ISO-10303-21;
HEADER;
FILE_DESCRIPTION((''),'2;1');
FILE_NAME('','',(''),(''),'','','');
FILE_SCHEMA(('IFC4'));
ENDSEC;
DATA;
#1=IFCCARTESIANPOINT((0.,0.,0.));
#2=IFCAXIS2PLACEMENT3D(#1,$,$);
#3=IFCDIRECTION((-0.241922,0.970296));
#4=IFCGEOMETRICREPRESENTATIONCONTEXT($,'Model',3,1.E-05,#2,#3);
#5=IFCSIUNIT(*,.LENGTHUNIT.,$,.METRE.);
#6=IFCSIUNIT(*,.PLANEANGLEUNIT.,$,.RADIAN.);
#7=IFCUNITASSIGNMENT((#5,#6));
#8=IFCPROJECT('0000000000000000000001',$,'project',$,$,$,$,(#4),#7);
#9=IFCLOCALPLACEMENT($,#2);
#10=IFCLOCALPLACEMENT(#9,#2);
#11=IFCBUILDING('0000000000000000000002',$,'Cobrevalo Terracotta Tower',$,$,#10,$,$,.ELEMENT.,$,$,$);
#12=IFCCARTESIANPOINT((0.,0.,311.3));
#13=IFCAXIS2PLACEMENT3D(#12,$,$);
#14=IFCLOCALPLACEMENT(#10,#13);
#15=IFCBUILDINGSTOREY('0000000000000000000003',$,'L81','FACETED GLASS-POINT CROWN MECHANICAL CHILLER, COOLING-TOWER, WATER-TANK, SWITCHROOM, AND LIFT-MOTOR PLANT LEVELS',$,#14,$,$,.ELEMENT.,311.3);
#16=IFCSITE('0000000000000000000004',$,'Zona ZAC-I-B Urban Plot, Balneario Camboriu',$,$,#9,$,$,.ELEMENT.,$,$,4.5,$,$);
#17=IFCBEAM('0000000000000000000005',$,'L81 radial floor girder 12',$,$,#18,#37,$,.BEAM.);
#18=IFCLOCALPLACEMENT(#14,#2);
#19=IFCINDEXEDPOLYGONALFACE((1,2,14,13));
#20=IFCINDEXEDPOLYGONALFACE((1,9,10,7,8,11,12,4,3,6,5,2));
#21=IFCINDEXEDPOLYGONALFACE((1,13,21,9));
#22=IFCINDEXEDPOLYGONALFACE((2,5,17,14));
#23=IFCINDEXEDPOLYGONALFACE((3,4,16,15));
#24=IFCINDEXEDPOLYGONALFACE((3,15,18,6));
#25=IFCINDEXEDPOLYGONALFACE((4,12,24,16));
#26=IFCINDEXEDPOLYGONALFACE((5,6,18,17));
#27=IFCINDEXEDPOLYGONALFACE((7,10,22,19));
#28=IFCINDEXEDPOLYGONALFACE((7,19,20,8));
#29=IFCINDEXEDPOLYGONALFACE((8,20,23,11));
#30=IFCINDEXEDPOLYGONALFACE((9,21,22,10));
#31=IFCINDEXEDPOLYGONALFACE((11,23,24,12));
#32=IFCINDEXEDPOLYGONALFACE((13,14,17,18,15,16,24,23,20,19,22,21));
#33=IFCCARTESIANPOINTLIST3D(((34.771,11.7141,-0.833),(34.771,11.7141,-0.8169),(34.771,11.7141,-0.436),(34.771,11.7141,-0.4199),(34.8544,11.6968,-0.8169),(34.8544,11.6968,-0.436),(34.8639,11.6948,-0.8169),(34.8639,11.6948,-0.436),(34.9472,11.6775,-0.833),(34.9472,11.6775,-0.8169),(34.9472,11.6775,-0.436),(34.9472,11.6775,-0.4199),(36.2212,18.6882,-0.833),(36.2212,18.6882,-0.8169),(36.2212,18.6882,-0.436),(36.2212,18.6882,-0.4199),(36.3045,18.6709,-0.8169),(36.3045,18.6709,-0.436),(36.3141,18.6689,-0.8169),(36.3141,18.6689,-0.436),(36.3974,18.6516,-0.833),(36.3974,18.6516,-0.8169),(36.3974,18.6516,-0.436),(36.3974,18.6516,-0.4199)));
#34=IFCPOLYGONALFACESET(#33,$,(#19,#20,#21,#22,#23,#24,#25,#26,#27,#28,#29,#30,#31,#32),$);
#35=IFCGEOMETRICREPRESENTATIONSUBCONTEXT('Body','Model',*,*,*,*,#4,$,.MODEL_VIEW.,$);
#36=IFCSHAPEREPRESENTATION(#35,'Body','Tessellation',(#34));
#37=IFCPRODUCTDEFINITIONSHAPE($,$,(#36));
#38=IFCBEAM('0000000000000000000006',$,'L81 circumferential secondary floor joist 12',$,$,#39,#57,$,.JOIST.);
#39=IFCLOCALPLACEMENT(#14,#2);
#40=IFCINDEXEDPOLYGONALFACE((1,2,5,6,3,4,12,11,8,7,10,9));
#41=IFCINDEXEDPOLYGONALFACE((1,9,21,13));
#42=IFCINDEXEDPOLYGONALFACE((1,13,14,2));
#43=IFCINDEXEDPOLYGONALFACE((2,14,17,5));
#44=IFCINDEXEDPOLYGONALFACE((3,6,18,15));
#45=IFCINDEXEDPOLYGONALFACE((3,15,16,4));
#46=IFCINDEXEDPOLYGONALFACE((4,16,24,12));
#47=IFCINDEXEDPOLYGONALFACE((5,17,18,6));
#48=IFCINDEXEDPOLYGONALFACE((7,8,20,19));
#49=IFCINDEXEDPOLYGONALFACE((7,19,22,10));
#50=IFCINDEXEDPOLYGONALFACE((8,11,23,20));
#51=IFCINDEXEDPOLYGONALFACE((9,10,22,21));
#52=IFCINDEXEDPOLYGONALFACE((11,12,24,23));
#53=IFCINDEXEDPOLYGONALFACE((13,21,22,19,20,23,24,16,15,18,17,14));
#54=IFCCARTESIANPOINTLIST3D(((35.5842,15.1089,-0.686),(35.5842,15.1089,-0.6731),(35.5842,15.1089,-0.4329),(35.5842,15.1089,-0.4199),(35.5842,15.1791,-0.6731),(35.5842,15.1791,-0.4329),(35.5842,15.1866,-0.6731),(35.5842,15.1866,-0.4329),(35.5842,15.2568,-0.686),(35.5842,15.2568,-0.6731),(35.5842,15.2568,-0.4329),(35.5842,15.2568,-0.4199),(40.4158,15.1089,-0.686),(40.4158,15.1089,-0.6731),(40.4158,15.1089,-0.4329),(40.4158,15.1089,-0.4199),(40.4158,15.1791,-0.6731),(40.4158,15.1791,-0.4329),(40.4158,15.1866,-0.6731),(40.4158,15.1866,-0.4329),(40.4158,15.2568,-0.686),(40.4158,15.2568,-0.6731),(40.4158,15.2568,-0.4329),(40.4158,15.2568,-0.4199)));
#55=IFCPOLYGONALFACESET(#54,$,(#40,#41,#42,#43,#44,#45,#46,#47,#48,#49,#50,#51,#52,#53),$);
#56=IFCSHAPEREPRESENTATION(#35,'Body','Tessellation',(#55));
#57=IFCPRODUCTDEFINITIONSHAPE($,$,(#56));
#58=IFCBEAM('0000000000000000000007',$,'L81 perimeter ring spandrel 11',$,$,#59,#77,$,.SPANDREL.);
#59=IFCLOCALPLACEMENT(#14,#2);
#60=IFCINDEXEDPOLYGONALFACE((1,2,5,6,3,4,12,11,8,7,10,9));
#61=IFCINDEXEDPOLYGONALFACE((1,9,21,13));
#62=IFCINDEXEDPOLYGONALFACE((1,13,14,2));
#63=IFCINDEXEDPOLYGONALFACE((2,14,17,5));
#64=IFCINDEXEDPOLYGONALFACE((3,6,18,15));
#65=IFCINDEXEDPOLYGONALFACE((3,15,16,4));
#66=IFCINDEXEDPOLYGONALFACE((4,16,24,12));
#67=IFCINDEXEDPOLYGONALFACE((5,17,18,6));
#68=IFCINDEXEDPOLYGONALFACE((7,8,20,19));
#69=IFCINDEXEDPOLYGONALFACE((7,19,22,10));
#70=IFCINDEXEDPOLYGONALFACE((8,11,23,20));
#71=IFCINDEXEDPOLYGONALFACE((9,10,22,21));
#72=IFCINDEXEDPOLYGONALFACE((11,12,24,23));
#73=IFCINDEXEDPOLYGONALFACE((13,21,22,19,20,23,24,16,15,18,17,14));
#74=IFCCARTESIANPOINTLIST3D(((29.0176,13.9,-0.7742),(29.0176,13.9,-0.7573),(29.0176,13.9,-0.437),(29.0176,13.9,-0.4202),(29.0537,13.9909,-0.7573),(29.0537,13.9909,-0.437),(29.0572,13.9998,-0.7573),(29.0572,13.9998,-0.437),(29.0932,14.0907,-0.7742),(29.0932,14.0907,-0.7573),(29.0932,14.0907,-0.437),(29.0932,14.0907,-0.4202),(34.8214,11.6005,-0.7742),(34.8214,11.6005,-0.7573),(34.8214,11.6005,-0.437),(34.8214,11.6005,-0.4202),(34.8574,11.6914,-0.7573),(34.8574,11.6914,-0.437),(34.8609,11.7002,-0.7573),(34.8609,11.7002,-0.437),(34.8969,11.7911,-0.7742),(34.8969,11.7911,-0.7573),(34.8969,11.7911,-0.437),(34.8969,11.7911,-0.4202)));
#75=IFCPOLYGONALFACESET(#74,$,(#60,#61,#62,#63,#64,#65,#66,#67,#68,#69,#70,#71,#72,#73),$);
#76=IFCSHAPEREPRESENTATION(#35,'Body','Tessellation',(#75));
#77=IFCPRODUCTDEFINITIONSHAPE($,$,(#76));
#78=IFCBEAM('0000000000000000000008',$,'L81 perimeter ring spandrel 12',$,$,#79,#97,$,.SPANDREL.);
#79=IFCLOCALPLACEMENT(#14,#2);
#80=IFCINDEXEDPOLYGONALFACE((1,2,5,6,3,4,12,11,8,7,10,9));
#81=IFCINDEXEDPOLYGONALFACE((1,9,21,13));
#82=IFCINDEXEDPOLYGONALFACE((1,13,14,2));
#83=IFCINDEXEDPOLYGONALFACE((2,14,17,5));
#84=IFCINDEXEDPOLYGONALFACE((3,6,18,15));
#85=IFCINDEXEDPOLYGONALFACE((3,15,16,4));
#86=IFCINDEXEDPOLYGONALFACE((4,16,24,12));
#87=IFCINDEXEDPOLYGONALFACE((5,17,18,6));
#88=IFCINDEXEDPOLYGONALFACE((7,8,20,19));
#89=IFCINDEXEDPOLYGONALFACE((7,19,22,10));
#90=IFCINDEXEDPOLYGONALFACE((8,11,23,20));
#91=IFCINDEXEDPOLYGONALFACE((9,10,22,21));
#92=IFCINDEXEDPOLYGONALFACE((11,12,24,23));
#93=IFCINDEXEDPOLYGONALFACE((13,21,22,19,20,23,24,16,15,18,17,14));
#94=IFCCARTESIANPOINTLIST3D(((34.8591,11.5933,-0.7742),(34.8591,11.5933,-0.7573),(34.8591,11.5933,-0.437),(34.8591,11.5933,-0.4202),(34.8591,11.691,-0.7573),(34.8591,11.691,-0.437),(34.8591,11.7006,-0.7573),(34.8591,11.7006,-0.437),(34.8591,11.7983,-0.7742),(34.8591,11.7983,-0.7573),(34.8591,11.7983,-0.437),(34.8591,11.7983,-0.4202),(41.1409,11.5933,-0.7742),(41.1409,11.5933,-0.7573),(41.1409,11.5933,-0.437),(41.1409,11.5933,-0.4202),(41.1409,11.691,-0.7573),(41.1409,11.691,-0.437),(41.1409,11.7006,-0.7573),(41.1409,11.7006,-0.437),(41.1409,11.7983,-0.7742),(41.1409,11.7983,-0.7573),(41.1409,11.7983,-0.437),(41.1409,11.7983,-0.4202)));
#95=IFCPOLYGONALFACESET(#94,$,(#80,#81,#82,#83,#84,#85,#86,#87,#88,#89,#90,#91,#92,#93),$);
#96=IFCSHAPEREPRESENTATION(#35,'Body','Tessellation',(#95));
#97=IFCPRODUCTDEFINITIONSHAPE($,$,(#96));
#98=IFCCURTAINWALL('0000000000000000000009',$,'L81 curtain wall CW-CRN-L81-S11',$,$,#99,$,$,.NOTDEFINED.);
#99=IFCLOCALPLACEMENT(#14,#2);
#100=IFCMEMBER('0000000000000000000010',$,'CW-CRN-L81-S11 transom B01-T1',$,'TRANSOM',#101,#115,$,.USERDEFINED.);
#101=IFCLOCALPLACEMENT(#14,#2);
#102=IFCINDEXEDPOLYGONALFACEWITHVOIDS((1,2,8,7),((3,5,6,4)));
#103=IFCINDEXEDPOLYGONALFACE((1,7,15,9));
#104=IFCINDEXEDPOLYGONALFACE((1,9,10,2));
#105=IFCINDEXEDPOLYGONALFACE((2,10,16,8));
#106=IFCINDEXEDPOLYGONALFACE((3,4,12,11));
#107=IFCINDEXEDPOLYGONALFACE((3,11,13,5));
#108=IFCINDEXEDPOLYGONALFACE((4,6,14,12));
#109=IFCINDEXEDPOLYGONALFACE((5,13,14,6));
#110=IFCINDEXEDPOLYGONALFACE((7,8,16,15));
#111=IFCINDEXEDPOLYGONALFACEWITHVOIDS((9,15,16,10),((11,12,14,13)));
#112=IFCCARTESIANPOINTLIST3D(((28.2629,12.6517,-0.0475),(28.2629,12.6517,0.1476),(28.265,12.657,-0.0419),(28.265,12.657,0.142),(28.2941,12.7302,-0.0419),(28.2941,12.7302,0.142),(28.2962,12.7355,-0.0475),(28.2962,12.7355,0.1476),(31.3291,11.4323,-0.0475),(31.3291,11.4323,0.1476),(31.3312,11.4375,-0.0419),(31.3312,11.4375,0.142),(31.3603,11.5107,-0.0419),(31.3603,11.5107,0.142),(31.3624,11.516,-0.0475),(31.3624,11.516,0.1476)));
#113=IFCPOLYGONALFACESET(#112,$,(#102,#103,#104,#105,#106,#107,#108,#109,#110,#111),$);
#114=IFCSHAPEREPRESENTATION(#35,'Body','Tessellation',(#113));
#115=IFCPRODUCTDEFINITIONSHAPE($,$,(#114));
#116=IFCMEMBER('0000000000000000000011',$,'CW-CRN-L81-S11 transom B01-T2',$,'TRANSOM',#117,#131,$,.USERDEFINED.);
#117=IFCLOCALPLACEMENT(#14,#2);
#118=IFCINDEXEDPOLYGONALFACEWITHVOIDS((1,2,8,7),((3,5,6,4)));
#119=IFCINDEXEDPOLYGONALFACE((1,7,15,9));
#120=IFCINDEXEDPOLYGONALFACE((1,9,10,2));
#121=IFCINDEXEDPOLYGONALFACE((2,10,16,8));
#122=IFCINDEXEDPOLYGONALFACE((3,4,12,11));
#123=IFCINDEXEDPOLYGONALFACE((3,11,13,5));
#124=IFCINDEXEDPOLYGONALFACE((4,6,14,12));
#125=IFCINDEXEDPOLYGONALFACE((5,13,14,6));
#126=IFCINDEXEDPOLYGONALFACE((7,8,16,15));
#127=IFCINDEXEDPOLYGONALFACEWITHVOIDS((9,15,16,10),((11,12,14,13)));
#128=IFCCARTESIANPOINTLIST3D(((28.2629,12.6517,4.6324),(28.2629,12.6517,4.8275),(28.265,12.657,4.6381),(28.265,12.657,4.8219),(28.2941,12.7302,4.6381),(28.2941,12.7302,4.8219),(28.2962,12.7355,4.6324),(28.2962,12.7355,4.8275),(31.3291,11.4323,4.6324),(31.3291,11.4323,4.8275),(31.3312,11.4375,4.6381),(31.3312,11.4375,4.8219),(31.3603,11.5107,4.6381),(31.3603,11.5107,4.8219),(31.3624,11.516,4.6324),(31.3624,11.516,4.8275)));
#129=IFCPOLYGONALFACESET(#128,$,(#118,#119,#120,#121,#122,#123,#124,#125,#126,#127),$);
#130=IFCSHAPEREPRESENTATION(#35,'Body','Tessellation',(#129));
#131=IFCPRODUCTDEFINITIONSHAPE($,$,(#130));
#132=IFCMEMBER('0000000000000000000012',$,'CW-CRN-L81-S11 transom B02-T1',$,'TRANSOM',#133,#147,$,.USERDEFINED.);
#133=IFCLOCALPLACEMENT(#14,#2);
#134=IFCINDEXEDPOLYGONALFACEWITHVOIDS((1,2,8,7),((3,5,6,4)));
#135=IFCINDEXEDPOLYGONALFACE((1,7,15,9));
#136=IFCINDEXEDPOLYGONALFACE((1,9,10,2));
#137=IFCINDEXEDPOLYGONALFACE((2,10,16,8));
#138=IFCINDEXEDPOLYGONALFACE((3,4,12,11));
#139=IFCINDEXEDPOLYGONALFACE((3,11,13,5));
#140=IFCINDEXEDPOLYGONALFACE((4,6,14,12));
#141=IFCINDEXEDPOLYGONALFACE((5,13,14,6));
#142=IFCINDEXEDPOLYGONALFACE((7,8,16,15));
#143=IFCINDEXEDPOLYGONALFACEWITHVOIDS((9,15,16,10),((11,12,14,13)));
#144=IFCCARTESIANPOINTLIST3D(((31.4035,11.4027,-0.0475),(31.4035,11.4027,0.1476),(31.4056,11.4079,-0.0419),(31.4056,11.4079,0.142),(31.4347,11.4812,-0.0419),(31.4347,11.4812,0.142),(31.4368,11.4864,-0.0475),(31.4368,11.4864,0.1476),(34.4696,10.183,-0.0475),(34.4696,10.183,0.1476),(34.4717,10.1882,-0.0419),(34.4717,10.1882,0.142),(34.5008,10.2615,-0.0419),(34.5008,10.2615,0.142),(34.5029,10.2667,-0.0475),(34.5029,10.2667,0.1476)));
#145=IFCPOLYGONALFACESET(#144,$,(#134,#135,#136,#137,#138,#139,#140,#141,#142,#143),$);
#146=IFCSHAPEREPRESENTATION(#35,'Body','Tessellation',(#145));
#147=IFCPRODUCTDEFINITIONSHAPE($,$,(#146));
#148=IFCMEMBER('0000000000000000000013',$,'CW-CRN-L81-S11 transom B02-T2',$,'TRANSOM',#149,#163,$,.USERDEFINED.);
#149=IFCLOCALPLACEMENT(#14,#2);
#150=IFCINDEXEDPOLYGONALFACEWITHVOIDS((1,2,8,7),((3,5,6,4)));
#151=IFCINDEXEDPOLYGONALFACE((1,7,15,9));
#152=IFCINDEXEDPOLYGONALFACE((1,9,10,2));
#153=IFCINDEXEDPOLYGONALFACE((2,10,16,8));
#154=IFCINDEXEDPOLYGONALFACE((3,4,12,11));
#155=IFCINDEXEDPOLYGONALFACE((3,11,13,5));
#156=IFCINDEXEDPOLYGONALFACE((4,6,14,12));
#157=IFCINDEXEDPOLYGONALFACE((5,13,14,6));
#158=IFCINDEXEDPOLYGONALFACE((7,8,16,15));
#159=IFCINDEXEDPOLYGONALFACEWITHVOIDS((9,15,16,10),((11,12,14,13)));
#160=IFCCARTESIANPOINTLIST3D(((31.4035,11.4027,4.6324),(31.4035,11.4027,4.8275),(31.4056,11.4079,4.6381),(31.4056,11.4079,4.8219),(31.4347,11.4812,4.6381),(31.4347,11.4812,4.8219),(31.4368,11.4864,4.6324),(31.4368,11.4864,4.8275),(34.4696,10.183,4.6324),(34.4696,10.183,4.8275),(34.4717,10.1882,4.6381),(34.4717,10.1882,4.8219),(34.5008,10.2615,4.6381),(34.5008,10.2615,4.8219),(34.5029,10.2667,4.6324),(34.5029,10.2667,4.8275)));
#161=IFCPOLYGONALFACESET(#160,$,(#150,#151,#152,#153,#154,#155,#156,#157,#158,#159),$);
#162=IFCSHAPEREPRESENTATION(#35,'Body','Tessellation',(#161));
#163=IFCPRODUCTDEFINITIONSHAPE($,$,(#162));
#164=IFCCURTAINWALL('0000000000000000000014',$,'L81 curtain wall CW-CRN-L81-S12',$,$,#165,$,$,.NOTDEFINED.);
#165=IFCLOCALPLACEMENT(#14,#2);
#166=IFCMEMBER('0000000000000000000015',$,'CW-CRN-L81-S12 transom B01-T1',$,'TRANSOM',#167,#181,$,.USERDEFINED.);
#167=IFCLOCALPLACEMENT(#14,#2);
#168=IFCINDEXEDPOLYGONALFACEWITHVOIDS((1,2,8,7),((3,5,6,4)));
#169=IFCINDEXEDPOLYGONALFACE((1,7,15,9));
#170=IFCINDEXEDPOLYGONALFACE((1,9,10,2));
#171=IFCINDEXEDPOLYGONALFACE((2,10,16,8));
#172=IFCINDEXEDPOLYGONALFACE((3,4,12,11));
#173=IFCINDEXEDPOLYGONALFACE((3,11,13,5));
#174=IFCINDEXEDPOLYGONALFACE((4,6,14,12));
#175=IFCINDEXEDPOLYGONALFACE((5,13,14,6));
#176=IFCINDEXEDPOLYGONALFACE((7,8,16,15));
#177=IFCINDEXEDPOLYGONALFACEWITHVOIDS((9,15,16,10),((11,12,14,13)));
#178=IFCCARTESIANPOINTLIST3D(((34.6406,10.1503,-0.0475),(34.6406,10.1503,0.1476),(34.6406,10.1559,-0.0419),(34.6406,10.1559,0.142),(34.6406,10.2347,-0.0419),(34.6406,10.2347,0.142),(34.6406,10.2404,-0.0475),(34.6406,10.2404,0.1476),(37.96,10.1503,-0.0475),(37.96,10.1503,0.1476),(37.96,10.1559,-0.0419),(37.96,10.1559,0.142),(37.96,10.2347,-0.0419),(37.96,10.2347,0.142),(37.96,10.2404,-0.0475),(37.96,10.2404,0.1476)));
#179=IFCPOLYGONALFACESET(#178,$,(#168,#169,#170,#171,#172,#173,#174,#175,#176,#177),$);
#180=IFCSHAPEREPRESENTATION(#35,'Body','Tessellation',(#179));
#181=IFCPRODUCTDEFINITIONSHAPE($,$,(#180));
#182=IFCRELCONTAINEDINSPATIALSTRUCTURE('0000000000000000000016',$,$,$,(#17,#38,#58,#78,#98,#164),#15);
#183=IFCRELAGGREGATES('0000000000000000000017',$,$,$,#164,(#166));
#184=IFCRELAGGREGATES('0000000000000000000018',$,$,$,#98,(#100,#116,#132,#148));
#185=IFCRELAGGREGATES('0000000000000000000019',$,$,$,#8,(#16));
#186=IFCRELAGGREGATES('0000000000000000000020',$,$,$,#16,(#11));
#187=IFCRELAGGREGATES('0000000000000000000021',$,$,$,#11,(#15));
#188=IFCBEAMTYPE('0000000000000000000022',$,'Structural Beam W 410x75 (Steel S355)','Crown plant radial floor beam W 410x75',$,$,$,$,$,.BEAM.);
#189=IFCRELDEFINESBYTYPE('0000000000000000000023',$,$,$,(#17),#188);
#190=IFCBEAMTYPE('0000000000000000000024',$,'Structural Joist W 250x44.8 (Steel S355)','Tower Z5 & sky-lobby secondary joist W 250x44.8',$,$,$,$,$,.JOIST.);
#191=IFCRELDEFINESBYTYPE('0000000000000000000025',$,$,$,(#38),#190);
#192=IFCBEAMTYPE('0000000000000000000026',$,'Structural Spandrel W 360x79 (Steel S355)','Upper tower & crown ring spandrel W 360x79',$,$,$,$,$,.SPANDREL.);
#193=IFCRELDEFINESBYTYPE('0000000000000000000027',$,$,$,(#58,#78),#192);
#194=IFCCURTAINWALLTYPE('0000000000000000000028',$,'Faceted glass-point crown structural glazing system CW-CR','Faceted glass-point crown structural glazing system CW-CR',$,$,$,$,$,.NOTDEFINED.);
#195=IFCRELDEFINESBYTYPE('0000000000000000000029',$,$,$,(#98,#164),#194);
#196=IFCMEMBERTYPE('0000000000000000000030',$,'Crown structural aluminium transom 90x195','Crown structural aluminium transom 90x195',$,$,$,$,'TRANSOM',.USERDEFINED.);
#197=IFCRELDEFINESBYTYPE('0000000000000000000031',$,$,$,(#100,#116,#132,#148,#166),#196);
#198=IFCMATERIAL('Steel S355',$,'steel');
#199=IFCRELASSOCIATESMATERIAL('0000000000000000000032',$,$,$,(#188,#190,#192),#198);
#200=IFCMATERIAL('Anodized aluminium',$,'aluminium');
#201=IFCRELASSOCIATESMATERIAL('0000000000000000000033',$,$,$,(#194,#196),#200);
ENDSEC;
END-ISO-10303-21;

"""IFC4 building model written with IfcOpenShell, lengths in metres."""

from ifc_helpers import new_model, si_unit, direction, frame, origin, origin_2d, place, context, subcontext, project, spatial, hollow_rectangle, i_section, extrude, source, transform, mapped, material, material_profile, profile_set, type_object, element, aggregate, save


model = new_model("IFC4")

# Units and contexts
model_context = context("Model", 3, precision=1e-05, world=origin(), true_north=direction((-0.241922, 0.970296)))
body_context = subcontext(model_context, "Body", "Model", "MODEL_VIEW")
ifc_project = project(units=[si_unit("LENGTHUNIT", "METRE"), si_unit("PLANEANGLEUNIT", "RADIAN")], contexts=[model_context])

# Site, building, storey
site_placement = place(None, origin())
site = spatial("IfcSite", under=ifc_project, at=site_placement, Name="Zona ZAC-I-B Urban Plot, Balneario Camboriu", CompositionType="ELEMENT", RefElevation=4.5)
building_placement = place(site_placement, origin())
building = spatial("IfcBuilding", under=site, at=building_placement, Name="Cobrevalo Terracotta Tower", CompositionType="ELEMENT")
storey_placement = place(building_placement, frame((0.0, 0.0, 311.3)))
storey = spatial("IfcBuildingStorey", under=building, at=storey_placement, Name="L81", Description="FACETED GLASS-POINT CROWN MECHANICAL CHILLER, COOLING-TOWER, WATER-TANK, SWITCHROOM, AND LIFT-MOTOR PLANT LEVELS", CompositionType="ELEMENT", Elevation=311.3)

# Shared definitions
ifc_material_1 = material(Name="Steel S355", Category="steel")

# Beams
ifc_material_profile_1 = material_profile(ifc_material_1, i_section(OverallWidth=0.1799, OverallDepth=0.4131, WebThickness=0.0098, FlangeThickness=0.0161, at=origin_2d()), Name="W 410x75")
ifc_profile_set_1 = profile_set([ifc_material_profile_1], Name="Steel S355")
beam_type_1 = type_object("IfcBeamType", Name="Structural Beam W 410x75 (Steel S355)", Description="Crown plant radial floor beam W 410x75", PredefinedType="BEAM", material=ifc_profile_set_1)
beam_1_placement = place(storey_placement, frame((34.8591, 11.6958, -0.6265), z_axis=(0.203585, 0.979057, 0.0), x_axis=(-0.979057, 0.203585, 0.0)))
element("IfcBeam", 1, at=beam_1_placement, inside=storey, type_object=beam_type_1, Name="L81 radial floor girder 12", PredefinedType="BEAM", context=body_context, shape_type="SweptSolid", body=[
    extrude(i_section(OverallWidth=0.1799, OverallDepth=0.4131, WebThickness=0.0098, FlangeThickness=0.0161, at=origin_2d()), origin(), (0.0, 0.0, 1.0), 7.1233),
])
ifc_material_profile_2 = material_profile(ifc_material_1, i_section(OverallWidth=0.1479, OverallDepth=0.2661, WebThickness=0.0076, FlangeThickness=0.0129, at=origin_2d()), Name="W 250x44.8")
ifc_profile_set_2 = profile_set([ifc_material_profile_2], Name="Steel S355")
beam_type_2 = type_object("IfcBeamType", Name="Structural Joist W 250x44.8 (Steel S355)", Description="Tower Z5 & sky-lobby secondary joist W 250x44.8", PredefinedType="JOIST", material=ifc_profile_set_2)
beam_2_placement = place(storey_placement, frame((35.5842, 15.1829, -0.553), z_axis=(1.0, 0.0, 0.0), x_axis=(0.0, 1.0, 0.0)))
element("IfcBeam", 2, at=beam_2_placement, inside=storey, type_object=beam_type_2, Name="L81 circumferential secondary floor joist 12", PredefinedType="JOIST", context=body_context, shape_type="SweptSolid", body=[
    extrude(i_section(OverallWidth=0.1479, OverallDepth=0.2661, WebThickness=0.0076, FlangeThickness=0.0129, at=origin_2d()), origin(), (0.0, 0.0, 1.0), 4.8315),
])
ifc_material_profile_3 = material_profile(ifc_material_1, i_section(OverallWidth=0.2051, OverallDepth=0.354, WebThickness=0.0095, FlangeThickness=0.0168, at=origin_2d()), Name="W 360x79")
ifc_profile_set_3 = profile_set([ifc_material_profile_3], Name="Steel S355")
beam_type_3 = type_object("IfcBeamType", Name="Structural Spandrel W 360x79 (Steel S355)", Description="Upper tower & crown ring spandrel W 360x79", PredefinedType="SPANDREL", material=ifc_profile_set_3)
beam_3_placement = place(storey_placement, frame((29.0554, 13.9954, -0.5972), z_axis=(0.929683, -0.368361, 0.0), x_axis=(0.368361, 0.929683, 0.0)))
element("IfcBeam", 3, at=beam_3_placement, inside=storey, type_object=beam_type_3, Name="L81 perimeter ring spandrel 11", PredefinedType="SPANDREL", context=body_context, shape_type="SweptSolid", body=[
    extrude(i_section(OverallWidth=0.2051, OverallDepth=0.354, WebThickness=0.0095, FlangeThickness=0.0168, at=origin_2d()), origin(), (0.0, 0.0, 1.0), 6.2427),
])
beam_4_placement = place(storey_placement, frame((34.8591, 11.6958, -0.5972), z_axis=(1.0, 0.0, 0.0), x_axis=(0.0, 1.0, 0.0)))
element("IfcBeam", 4, at=beam_4_placement, inside=storey, type_object=beam_type_3, Name="L81 perimeter ring spandrel 12", PredefinedType="SPANDREL", context=body_context, shape_type="SweptSolid", body=[
    extrude(i_section(OverallWidth=0.2051, OverallDepth=0.354, WebThickness=0.0095, FlangeThickness=0.0168, at=origin_2d()), origin(), (0.0, 0.0, 1.0), 6.2817),
])

# Curtain walls, members
ifc_material_2 = material(Name="Anodized aluminium", Category="aluminium")
curtain_wall_type = type_object("IfcCurtainWallType", Name="Faceted glass-point crown structural glazing system CW-CR", Description="Faceted glass-point crown structural glazing system CW-CR", PredefinedType="NOTDEFINED", material=ifc_material_2)
curtain_wall_1_placement = place(storey_placement, origin())
curtain_wall_1 = element("IfcCurtainWall", 5, at=curtain_wall_1_placement, inside=storey, type_object=curtain_wall_type, Name="L81 curtain wall CW-CRN-L81-S11", PredefinedType="NOTDEFINED")
ifc_material_profile_4 = material_profile(ifc_material_2, hollow_rectangle(XDim=0.0901, YDim=0.1951, WallThickness=0.0056, at=origin_2d()), Name="CWT 90x195")
ifc_profile_set_4 = profile_set([ifc_material_profile_4], Name="Anodized aluminium")
member_type_1 = type_object("IfcMemberType", Name="Crown structural aluminium transom 90x195", Description="Crown structural aluminium transom 90x195", ElementType="TRANSOM", PredefinedType="USERDEFINED", material=ifc_profile_set_4)
shared_shape_1 = source(origin(), body_context, "Body", "SweptSolid", [
    extrude(hollow_rectangle(XDim=0.0901, YDim=0.1951, WallThickness=0.0056, at=origin_2d()), origin(), (0.0, 0.0, 1.0), 3.2998),
])
member_1_placement = place(storey_placement, frame((28.2795, 12.6936, 0.05), z_axis=(0.929205, -0.369566, 0.0), x_axis=(0.369566, 0.929205, 0.0)))
member_1 = element("IfcMember", 6, at=member_1_placement, type_object=member_type_1, Name="CW-CRN-L81-S11 transom B01-T1", ObjectType="TRANSOM", PredefinedType="USERDEFINED", context=body_context, shape_type="MappedRepresentation", body=[
    mapped(shared_shape_1, transform((0.0, 0.0, 0.0), scale=1.0)),
])
member_2_placement = place(storey_placement, frame((28.2795, 12.6936, 4.73), z_axis=(0.929205, -0.369566, 0.0), x_axis=(0.369566, 0.929205, 0.0)))
member_2 = element("IfcMember", 7, at=member_2_placement, type_object=member_type_1, Name="CW-CRN-L81-S11 transom B01-T2", ObjectType="TRANSOM", PredefinedType="USERDEFINED", context=body_context, shape_type="MappedRepresentation", body=[
    mapped(shared_shape_1, transform((0.0, 0.0, 0.0), scale=1.0)),
])
member_3_placement = place(storey_placement, frame((31.4202, 11.4446, 0.05), z_axis=(0.929179, -0.36963, 0.0), x_axis=(0.36963, 0.929179, 0.0)))
member_3 = element("IfcMember", 8, at=member_3_placement, type_object=member_type_1, Name="CW-CRN-L81-S11 transom B02-T1", ObjectType="TRANSOM", PredefinedType="USERDEFINED", context=body_context, shape_type="MappedRepresentation", body=[
    mapped(shared_shape_1, transform((0.0, 0.0, 0.0), scale=1.0)),
])
member_4_placement = place(storey_placement, frame((31.4202, 11.4446, 4.73), z_axis=(0.929179, -0.36963, 0.0), x_axis=(0.36963, 0.929179, 0.0)))
member_4 = element("IfcMember", 9, at=member_4_placement, type_object=member_type_1, Name="CW-CRN-L81-S11 transom B02-T2", ObjectType="TRANSOM", PredefinedType="USERDEFINED", context=body_context, shape_type="MappedRepresentation", body=[
    mapped(shared_shape_1, transform((0.0, 0.0, 0.0), scale=1.0)),
])
curtain_wall_2_placement = place(storey_placement, origin())
curtain_wall_2 = element("IfcCurtainWall", 10, at=curtain_wall_2_placement, inside=storey, type_object=curtain_wall_type, Name="L81 curtain wall CW-CRN-L81-S12", PredefinedType="NOTDEFINED")
shared_shape_2 = source(origin(), body_context, "Body", "SweptSolid", [
    extrude(hollow_rectangle(XDim=0.0901, YDim=0.1951, WallThickness=0.0056, at=origin_2d()), origin(), (0.0, 0.0, 1.0), 3.3193),
])
member_5_placement = place(storey_placement, frame((34.6406, 10.1953, 0.05), z_axis=(1.0, 0.0, 0.0), x_axis=(0.0, 1.0, 0.0)))
member_5 = element("IfcMember", 11, at=member_5_placement, type_object=member_type_1, Name="CW-CRN-L81-S12 transom B01-T1", ObjectType="TRANSOM", PredefinedType="USERDEFINED", context=body_context, shape_type="MappedRepresentation", body=[
    mapped(shared_shape_2, transform((0.0, 0.0, 0.0), scale=1.0)),
])

aggregate(curtain_wall_2, [member_5])

aggregate(curtain_wall_1, [member_1, member_2, member_3, member_4])

save(model, "model.ifc")
